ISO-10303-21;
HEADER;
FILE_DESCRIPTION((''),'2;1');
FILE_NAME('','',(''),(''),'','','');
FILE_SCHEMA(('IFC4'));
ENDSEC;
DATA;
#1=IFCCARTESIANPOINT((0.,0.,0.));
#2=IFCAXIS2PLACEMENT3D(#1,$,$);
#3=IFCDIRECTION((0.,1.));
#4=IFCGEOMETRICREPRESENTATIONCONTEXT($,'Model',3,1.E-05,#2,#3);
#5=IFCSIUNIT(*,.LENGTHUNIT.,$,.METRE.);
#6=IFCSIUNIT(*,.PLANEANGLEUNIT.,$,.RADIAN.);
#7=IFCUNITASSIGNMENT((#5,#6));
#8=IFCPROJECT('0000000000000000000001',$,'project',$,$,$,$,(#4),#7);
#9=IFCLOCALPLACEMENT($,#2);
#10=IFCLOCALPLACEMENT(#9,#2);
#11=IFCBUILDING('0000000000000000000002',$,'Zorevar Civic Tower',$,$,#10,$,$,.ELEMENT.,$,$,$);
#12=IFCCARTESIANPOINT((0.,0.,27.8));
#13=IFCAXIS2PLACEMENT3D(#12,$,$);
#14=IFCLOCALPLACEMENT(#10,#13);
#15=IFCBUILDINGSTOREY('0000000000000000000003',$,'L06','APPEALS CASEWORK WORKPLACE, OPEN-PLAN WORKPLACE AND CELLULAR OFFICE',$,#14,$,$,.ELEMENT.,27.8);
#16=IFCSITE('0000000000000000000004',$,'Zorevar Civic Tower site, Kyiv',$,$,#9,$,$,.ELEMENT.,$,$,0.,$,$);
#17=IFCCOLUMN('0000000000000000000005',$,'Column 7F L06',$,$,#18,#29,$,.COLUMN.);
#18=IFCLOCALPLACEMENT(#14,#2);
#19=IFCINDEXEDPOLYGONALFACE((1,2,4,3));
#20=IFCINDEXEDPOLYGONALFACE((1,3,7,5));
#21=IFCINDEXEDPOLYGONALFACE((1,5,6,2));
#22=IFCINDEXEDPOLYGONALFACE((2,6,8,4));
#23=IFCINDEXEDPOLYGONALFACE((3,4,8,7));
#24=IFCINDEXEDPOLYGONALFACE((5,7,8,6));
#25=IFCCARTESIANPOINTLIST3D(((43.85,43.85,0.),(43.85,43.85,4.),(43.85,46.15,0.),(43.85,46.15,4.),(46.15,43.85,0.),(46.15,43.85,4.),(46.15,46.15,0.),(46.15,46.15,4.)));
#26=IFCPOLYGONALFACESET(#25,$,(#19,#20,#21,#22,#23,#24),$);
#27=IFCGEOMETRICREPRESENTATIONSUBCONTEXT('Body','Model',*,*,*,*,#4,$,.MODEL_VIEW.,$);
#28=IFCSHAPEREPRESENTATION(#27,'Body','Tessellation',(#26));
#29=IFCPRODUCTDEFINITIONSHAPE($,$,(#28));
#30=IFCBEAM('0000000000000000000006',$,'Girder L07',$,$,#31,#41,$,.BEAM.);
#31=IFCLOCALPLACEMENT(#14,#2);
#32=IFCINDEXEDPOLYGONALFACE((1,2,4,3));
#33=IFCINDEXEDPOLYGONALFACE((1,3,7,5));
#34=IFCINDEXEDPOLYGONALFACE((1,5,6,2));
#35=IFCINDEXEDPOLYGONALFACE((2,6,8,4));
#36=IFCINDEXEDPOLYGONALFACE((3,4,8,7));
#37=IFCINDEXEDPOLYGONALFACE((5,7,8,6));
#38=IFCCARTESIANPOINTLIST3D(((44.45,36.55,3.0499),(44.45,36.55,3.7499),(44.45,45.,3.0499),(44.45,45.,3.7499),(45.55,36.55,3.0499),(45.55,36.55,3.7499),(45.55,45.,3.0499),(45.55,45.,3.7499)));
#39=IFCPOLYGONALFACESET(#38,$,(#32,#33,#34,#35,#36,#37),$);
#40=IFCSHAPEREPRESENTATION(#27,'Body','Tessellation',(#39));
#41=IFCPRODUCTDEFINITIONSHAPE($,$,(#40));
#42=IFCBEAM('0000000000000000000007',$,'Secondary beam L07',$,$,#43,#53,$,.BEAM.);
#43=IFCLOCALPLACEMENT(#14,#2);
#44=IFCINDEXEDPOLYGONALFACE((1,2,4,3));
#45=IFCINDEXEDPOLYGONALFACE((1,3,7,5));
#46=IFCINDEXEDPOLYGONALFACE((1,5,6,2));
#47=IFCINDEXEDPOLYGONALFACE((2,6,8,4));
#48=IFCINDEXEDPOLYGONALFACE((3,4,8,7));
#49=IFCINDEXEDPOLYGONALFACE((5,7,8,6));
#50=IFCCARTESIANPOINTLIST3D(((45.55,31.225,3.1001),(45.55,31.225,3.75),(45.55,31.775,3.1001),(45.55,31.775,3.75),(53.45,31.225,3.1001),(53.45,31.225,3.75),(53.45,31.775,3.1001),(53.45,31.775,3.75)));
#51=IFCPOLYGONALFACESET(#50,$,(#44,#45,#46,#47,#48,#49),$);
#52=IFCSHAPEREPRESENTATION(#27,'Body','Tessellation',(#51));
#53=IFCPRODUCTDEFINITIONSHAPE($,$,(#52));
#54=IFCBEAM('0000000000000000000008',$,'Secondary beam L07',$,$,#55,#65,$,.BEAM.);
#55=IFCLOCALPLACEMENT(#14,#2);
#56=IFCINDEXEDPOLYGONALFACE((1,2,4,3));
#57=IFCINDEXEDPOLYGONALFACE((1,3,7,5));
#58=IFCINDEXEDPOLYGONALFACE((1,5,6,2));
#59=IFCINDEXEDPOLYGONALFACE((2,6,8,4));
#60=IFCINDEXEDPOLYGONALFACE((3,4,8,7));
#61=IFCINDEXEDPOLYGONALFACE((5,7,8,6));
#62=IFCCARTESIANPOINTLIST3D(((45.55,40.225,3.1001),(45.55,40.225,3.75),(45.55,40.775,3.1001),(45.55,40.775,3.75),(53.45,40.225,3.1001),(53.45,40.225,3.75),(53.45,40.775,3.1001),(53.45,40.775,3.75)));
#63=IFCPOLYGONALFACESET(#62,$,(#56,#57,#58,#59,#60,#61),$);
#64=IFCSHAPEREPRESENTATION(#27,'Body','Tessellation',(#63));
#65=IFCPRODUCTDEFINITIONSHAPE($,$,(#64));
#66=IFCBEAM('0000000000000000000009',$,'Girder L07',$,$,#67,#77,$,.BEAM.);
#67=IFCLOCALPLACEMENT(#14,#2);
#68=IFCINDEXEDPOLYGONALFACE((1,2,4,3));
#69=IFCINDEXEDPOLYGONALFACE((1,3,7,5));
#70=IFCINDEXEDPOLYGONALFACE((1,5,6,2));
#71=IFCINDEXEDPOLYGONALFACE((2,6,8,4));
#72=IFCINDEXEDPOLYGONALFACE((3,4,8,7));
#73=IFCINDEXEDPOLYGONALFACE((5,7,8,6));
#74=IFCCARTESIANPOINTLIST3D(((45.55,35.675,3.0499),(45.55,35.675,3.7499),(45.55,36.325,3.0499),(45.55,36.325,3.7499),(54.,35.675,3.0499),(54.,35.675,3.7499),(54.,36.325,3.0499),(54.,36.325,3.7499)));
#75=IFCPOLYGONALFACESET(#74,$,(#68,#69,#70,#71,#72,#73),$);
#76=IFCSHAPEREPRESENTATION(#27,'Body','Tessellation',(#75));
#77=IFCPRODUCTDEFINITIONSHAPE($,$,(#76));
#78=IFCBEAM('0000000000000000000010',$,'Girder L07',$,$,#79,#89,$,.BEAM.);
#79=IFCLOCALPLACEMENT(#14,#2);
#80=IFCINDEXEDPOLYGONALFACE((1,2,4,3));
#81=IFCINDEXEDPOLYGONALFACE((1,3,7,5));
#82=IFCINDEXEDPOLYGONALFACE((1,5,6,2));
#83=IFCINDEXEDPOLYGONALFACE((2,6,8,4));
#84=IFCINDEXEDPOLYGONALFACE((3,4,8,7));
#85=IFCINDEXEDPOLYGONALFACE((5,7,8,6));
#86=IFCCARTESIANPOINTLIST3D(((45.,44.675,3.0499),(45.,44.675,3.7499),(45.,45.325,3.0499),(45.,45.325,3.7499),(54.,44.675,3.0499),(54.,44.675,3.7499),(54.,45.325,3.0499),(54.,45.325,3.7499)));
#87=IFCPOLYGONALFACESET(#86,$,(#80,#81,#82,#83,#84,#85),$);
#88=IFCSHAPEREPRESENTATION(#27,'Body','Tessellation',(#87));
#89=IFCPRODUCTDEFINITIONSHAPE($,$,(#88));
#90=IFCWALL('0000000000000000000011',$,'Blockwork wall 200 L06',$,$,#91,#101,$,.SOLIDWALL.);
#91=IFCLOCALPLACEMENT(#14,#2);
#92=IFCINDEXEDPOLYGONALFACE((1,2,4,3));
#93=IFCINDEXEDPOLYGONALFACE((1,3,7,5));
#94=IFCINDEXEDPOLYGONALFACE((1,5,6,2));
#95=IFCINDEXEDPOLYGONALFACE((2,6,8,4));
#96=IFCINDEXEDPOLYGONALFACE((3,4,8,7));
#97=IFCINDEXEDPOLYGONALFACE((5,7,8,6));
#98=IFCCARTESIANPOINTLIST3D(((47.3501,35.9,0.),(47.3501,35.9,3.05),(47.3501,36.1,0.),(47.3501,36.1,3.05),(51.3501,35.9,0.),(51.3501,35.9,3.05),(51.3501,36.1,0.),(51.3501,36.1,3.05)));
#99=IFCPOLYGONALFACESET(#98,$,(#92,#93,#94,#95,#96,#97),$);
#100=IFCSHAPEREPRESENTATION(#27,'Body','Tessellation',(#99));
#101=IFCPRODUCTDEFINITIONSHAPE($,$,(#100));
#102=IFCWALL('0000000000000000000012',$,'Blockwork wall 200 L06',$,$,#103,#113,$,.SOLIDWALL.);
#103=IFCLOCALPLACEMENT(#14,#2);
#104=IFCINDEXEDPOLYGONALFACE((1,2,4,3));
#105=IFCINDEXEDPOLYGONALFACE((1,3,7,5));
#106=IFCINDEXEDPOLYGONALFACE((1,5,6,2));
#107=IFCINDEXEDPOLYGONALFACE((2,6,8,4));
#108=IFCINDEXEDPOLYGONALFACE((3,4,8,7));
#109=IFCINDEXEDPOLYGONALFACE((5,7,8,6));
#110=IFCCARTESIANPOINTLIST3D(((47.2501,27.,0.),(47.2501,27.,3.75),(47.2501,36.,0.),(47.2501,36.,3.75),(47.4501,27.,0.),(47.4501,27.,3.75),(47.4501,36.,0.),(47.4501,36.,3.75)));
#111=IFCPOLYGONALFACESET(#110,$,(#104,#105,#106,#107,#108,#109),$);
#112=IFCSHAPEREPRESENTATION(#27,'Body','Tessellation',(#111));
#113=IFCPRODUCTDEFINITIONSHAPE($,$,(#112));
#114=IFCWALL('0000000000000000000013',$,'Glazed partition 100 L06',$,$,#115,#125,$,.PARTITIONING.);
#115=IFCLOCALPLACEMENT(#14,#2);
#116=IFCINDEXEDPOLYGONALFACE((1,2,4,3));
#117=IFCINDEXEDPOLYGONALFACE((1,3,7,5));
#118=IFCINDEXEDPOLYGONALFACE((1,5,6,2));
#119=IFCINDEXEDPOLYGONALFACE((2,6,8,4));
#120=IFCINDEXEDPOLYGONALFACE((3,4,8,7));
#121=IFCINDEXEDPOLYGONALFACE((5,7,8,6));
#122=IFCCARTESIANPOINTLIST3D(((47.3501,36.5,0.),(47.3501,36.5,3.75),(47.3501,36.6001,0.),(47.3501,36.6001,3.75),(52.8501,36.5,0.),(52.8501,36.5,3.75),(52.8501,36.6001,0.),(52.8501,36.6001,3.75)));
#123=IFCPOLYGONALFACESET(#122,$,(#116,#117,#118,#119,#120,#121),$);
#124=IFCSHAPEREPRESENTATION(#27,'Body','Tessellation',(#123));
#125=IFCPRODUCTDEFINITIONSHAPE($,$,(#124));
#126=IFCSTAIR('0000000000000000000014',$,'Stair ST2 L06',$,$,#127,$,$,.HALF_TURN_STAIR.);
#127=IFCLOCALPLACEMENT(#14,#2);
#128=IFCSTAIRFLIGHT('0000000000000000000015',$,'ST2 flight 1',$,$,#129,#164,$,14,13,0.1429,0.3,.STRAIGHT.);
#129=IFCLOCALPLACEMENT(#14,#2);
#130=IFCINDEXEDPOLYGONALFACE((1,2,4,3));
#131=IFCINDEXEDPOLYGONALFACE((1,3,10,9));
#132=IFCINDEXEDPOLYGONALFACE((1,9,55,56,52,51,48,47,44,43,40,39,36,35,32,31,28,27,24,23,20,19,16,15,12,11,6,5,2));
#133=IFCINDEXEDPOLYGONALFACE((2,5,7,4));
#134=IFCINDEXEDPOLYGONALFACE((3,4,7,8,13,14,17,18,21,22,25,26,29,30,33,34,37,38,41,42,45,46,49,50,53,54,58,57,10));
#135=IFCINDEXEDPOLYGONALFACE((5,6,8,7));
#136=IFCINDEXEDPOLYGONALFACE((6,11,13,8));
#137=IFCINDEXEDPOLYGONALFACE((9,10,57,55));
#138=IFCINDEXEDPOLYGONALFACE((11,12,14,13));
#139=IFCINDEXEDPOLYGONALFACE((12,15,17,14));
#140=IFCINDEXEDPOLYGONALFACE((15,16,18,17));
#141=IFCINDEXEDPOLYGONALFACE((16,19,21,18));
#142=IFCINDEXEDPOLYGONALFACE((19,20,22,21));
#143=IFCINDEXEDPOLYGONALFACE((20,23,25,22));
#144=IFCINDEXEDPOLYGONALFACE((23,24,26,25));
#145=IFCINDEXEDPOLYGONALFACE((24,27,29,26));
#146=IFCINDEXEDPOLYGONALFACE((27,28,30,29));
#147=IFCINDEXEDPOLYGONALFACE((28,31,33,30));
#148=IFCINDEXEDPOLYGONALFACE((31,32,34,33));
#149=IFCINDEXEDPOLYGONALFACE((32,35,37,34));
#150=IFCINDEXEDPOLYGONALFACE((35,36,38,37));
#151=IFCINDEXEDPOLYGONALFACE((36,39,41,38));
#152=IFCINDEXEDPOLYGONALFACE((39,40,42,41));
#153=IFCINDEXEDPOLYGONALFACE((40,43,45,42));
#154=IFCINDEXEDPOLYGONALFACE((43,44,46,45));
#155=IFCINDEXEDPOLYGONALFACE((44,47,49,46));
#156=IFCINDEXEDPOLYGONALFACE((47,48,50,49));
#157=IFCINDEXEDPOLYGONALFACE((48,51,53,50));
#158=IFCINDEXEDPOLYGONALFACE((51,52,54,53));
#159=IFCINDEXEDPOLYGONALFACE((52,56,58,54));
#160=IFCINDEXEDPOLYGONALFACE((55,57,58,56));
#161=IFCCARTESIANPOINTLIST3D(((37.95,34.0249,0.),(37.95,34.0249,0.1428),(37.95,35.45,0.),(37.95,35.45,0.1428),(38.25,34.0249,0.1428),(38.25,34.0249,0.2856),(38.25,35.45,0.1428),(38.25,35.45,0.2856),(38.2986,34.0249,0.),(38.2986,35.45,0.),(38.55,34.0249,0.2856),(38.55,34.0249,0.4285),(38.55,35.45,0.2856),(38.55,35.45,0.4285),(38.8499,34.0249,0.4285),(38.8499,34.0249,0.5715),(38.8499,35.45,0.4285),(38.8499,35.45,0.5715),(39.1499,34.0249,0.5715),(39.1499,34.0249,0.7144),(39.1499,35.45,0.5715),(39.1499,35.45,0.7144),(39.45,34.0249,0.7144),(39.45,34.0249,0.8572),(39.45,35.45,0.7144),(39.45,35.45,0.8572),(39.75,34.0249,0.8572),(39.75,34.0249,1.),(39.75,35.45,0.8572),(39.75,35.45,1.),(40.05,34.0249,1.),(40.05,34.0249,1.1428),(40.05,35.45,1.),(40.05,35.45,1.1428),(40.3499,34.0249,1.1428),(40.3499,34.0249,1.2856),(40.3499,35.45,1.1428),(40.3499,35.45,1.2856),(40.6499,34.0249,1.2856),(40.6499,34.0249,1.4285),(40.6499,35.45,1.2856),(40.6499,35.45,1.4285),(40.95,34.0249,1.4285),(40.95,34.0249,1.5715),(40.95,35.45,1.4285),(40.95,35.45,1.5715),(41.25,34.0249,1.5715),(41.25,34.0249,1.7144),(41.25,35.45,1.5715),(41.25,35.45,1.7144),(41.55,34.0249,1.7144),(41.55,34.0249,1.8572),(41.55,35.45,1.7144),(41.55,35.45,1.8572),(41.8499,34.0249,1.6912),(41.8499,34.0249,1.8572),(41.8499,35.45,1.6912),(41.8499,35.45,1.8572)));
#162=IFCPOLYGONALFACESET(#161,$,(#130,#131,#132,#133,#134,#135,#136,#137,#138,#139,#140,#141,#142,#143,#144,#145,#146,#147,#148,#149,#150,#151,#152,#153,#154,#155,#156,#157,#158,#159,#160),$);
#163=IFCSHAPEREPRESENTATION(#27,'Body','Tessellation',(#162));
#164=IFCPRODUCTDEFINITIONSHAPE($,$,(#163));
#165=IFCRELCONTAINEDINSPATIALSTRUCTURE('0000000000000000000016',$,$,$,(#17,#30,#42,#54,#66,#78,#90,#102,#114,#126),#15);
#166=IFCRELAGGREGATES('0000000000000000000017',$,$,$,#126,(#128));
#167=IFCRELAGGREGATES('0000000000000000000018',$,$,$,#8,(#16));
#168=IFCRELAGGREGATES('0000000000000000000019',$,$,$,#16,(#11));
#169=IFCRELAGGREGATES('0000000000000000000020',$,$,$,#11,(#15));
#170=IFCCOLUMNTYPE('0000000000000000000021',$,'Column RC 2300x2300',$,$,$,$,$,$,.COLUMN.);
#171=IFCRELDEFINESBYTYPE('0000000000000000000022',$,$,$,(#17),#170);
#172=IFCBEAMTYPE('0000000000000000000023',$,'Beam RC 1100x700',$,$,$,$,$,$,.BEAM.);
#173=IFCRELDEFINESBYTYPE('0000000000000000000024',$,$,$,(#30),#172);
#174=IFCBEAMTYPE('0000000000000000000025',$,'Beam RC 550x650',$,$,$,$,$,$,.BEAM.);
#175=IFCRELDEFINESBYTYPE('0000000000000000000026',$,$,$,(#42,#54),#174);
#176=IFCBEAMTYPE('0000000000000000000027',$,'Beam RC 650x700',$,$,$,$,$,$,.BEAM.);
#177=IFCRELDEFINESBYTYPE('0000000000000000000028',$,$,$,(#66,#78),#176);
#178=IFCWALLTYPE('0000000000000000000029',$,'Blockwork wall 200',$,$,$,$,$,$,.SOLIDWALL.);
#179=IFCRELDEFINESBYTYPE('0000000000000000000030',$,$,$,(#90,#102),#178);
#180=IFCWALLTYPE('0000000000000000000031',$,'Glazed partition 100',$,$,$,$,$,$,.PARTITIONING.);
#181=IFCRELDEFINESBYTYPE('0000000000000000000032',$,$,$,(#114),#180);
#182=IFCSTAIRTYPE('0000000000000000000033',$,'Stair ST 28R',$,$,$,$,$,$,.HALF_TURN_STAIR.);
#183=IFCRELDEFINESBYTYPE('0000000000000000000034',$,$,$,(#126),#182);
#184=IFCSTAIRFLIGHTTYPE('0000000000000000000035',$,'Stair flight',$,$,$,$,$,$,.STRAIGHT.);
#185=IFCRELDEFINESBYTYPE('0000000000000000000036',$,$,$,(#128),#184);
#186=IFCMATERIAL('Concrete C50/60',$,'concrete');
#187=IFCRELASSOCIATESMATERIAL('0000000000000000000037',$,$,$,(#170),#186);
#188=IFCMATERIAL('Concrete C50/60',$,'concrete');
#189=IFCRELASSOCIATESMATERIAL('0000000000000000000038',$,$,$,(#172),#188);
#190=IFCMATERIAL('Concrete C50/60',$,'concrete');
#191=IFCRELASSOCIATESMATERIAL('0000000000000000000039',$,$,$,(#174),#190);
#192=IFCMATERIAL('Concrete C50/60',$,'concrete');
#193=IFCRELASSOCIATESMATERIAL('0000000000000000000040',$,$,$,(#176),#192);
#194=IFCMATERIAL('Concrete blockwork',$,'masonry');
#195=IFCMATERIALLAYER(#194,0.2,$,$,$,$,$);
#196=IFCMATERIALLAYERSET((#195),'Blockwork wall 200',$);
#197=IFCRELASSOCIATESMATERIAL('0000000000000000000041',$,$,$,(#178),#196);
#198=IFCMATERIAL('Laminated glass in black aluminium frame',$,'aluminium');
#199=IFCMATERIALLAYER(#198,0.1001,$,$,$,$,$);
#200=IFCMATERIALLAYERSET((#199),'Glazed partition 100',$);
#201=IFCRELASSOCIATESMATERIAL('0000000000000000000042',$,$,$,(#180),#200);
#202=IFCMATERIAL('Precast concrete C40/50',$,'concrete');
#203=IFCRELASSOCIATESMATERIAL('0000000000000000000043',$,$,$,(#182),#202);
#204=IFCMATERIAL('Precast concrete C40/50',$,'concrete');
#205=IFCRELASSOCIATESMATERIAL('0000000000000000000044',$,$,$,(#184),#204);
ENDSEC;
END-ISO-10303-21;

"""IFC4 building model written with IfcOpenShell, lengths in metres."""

from ifc_helpers import new_model, si_unit, direction, frame, frame_2d, origin, origin_2d, place, context, subcontext, project, spatial, polyline, rectangle, outline, extrude, material, layer, layer_set, material_profile, profile_set, type_object, element, aggregate, save


model = new_model("IFC4")

# Units and contexts
model_context = context("Model", 3, precision=1e-05, world=origin(), true_north=direction((0.0, 1.0)))
body_context = subcontext(model_context, "Body", "Model", "MODEL_VIEW")
ifc_project = project(units=[si_unit("LENGTHUNIT", "METRE"), si_unit("PLANEANGLEUNIT", "RADIAN")], contexts=[model_context])

# Site, building, storey
site_placement = place(None, origin())
site = spatial("IfcSite", under=ifc_project, at=site_placement, Name="Zorevar Civic Tower site, Kyiv", CompositionType="ELEMENT", RefElevation=0.0)
building_placement = place(site_placement, origin())
building = spatial("IfcBuilding", under=site, at=building_placement, Name="Zorevar Civic Tower", CompositionType="ELEMENT")
storey_placement = place(building_placement, frame((0.0, 0.0, 27.8)))
storey = spatial("IfcBuildingStorey", under=building, at=storey_placement, Name="L06", Description="APPEALS CASEWORK WORKPLACE, OPEN-PLAN WORKPLACE AND CELLULAR OFFICE", CompositionType="ELEMENT", Elevation=27.8)

# Column
ifc_material_1 = material(Name="Concrete C50/60", Category="concrete")
ifc_material_profile_1 = material_profile(ifc_material_1, rectangle(XDim=2.3, YDim=2.3, at=origin_2d()), Name="RC 2300x2300")
ifc_profile_set_1 = profile_set([ifc_material_profile_1], Name="Concrete C50/60")
column_type = type_object("IfcColumnType", Name="Column RC 2300x2300", PredefinedType="COLUMN", material=ifc_profile_set_1)
column_placement = place(storey_placement, frame((45.0, 45.0, 0.0), z_axis=(0.0, 0.0, 1.0), x_axis=(1.0, 0.0, 0.0)))
element("IfcColumn", 1, at=column_placement, inside=storey, type_object=column_type, Name="Column 7F L06", PredefinedType="COLUMN", context=body_context, shape_type="SweptSolid", body=[
    extrude(rectangle(XDim=2.3, YDim=2.3, at=origin_2d()), origin(), (0.0, 0.0, 1.0), 4.0),
])

# Beams
ifc_material_2 = material(Name="Concrete C50/60", Category="concrete")
ifc_material_profile_2 = material_profile(ifc_material_2, rectangle(XDim=1.1001, YDim=0.7, at=origin_2d()), Name="RC 1100x700")
ifc_profile_set_2 = profile_set([ifc_material_profile_2], Name="Concrete C50/60")
beam_type_1 = type_object("IfcBeamType", Name="Beam RC 1100x700", PredefinedType="BEAM", material=ifc_profile_set_2)
beam_1_placement = place(storey_placement, frame((45.0, 36.55, 3.3999), z_axis=(0.0, 1.0, 0.0), x_axis=(-1.0, 0.0, 0.0)))
element("IfcBeam", 2, at=beam_1_placement, inside=storey, type_object=beam_type_1, Name="Girder L07", PredefinedType="BEAM", context=body_context, shape_type="SweptSolid", body=[
    extrude(rectangle(XDim=1.1001, YDim=0.7, at=origin_2d()), origin(), (0.0, 0.0, 1.0), 8.45),
])
ifc_material_3 = material(Name="Concrete C50/60", Category="concrete")
ifc_material_profile_3 = material_profile(ifc_material_3, rectangle(XDim=0.55, YDim=0.6499, at=origin_2d()), Name="RC 550x650")
ifc_profile_set_3 = profile_set([ifc_material_profile_3], Name="Concrete C50/60")
beam_type_2 = type_object("IfcBeamType", Name="Beam RC 550x650", PredefinedType="BEAM", material=ifc_profile_set_3)
for number, where, z_axis, x_axis, name in (
    (3, (45.55, 31.5, 3.425), (1.0, 0.0, 0.0), (0.0, 1.0, 0.0), "Secondary beam L07"),
    (4, (45.55, 40.5, 3.425), (1.0, 0.0, 0.0), (0.0, 1.0, 0.0), "Secondary beam L07"),
):
    element("IfcBeam", number, at=place(storey_placement, frame(where, z_axis=z_axis, x_axis=x_axis)), inside=storey, type_object=beam_type_2, Name=name, PredefinedType="BEAM", context=body_context, shape_type="SweptSolid", body=[
        extrude(rectangle(XDim=0.55, YDim=0.6499, at=origin_2d()), origin(), (0.0, 0.0, 1.0), 7.8999),
    ])
ifc_material_4 = material(Name="Concrete C50/60", Category="concrete")
ifc_material_profile_4 = material_profile(ifc_material_4, rectangle(XDim=0.6499, YDim=0.7, at=origin_2d()), Name="RC 650x700")
ifc_profile_set_4 = profile_set([ifc_material_profile_4], Name="Concrete C50/60")
beam_type_3 = type_object("IfcBeamType", Name="Beam RC 650x700", PredefinedType="BEAM", material=ifc_profile_set_4)
beam_2_placement = place(storey_placement, frame((45.55, 36.0, 3.3999), z_axis=(1.0, 0.0, 0.0), x_axis=(0.0, 1.0, 0.0)))
element("IfcBeam", 5, at=beam_2_placement, inside=storey, type_object=beam_type_3, Name="Girder L07", PredefinedType="BEAM", context=body_context, shape_type="SweptSolid", body=[
    extrude(rectangle(XDim=0.6499, YDim=0.7, at=origin_2d()), origin(), (0.0, 0.0, 1.0), 8.45),
])
beam_3_placement = place(storey_placement, frame((45.0, 45.0, 3.3999), z_axis=(1.0, 0.0, 0.0), x_axis=(0.0, 1.0, 0.0)))
element("IfcBeam", 6, at=beam_3_placement, inside=storey, type_object=beam_type_3, Name="Girder L07", PredefinedType="BEAM", context=body_context, shape_type="SweptSolid", body=[
    extrude(rectangle(XDim=0.6499, YDim=0.7, at=origin_2d()), origin(), (0.0, 0.0, 1.0), 9.0),
])

# Walls
ifc_material_5 = material(Name="Concrete blockwork", Category="masonry")
ifc_layer_1 = layer(ifc_material_5, 0.2)
ifc_layer_set_1 = layer_set([ifc_layer_1], Name="Blockwork wall 200")
wall_type_1 = type_object("IfcWallType", Name="Blockwork wall 200", PredefinedType="SOLIDWALL", material=ifc_layer_set_1)
wall_1_placement = place(storey_placement, frame((47.3501, 36.0, 0.0), z_axis=(0.0, 0.0, 1.0), x_axis=(1.0, 0.0, 0.0)))
element("IfcWall", 7, at=wall_1_placement, inside=storey, type_object=wall_type_1, Name="Blockwork wall 200 L06", PredefinedType="SOLIDWALL", context=body_context, shape_type="SweptSolid", body=[
    extrude(rectangle(XDim=4.0, YDim=0.2, at=frame_2d((2.0, 0.0))), origin(), (0.0, 0.0, 1.0), 3.05),
])
wall_2_placement = place(storey_placement, frame((47.3501, 27.0, 0.0), z_axis=(0.0, 0.0, 1.0), x_axis=(0.0, 1.0, 0.0)))
element("IfcWall", 8, at=wall_2_placement, inside=storey, type_object=wall_type_1, Name="Blockwork wall 200 L06", PredefinedType="SOLIDWALL", context=body_context, shape_type="SweptSolid", body=[
    extrude(rectangle(XDim=9.0, YDim=0.2, at=frame_2d((4.5, 0.0))), origin(), (0.0, 0.0, 1.0), 3.75),
])

# Wall
ifc_material_6 = material(Name="Laminated glass in black aluminium frame", Category="aluminium")
ifc_layer_2 = layer(ifc_material_6, 0.1001)
ifc_layer_set_2 = layer_set([ifc_layer_2], Name="Glazed partition 100")
wall_type_2 = type_object("IfcWallType", Name="Glazed partition 100", PredefinedType="PARTITIONING", material=ifc_layer_set_2)
wall_3_placement = place(storey_placement, frame((47.3501, 36.55, 0.0), z_axis=(0.0, 0.0, 1.0), x_axis=(1.0, 0.0, 0.0)))
element("IfcWall", 9, at=wall_3_placement, inside=storey, type_object=wall_type_2, Name="Glazed partition 100 L06", PredefinedType="PARTITIONING", context=body_context, shape_type="SweptSolid", body=[
    extrude(rectangle(XDim=5.5, YDim=0.1001, at=frame_2d((2.75, 0.0))), origin(), (0.0, 0.0, 1.0), 3.75),
])

# Stair, stair flight
ifc_material_7 = material(Name="Precast concrete C40/50", Category="concrete")
stair_type = type_object("IfcStairType", Name="Stair ST 28R", PredefinedType="HALF_TURN_STAIR", material=ifc_material_7)
stair_placement = place(storey_placement, origin())
stair = element("IfcStair", 10, at=stair_placement, inside=storey, type_object=stair_type, Name="Stair ST2 L06", PredefinedType="HALF_TURN_STAIR")
ifc_material_8 = material(Name="Precast concrete C40/50", Category="concrete")
stair_flight_type = type_object("IfcStairFlightType", Name="Stair flight", PredefinedType="STRAIGHT", material=ifc_material_8)
stair_flight_1_placement = place(storey_placement, frame((37.95, 34.7375, 0.0), z_axis=(0.0, 0.0, 1.0), x_axis=(1.0, 0.0, 0.0)))
stair_flight_1 = element("IfcStairFlight", 11, at=stair_flight_1_placement, type_object=stair_flight_type, Name="ST2 flight 1", NumberOfRisers=14, NumberOfTreads=13, PredefinedType="STRAIGHT", RiserHeight=0.1429, TreadLength=0.3, context=body_context, shape_type="SweptSolid", body=[
    extrude(outline(polyline([(0.0, 0.0), (0.0, 0.1428), (0.3, 0.1428), (0.3, 0.2856), (0.6001, 0.2856), (0.6001, 0.4285), (0.8999, 0.4285), (0.8999, 0.5715), (1.2, 0.5715), (1.2, 0.7144), (1.5, 0.7144), (1.5, 0.8572), (1.8, 0.8572), (1.8, 1.0), (2.1001, 1.0), (2.1001, 1.1428), (2.3999, 1.1428), (2.3999, 1.2856), (2.7, 1.2856), (2.7, 1.4285), (3.0, 1.4285), (3.0, 1.5715), (3.3, 1.5715), (3.3, 1.7144), (3.6001, 1.7144), (3.6001, 1.8572), (3.8999, 1.8572), (3.8999, 2.0), (3.8999, 1.6912), (0.3486, 0.0), (0.0, 0.0)])), frame((0.0, 0.7124, 0.0), z_axis=(0.0, -1.0, 0.0), x_axis=(1.0, 0.0, 0.0)), (0.0, 0.0, 1.0), 1.425),
])
aggregate(stair, [stair_flight_1])

save(model, "model.ifc")
